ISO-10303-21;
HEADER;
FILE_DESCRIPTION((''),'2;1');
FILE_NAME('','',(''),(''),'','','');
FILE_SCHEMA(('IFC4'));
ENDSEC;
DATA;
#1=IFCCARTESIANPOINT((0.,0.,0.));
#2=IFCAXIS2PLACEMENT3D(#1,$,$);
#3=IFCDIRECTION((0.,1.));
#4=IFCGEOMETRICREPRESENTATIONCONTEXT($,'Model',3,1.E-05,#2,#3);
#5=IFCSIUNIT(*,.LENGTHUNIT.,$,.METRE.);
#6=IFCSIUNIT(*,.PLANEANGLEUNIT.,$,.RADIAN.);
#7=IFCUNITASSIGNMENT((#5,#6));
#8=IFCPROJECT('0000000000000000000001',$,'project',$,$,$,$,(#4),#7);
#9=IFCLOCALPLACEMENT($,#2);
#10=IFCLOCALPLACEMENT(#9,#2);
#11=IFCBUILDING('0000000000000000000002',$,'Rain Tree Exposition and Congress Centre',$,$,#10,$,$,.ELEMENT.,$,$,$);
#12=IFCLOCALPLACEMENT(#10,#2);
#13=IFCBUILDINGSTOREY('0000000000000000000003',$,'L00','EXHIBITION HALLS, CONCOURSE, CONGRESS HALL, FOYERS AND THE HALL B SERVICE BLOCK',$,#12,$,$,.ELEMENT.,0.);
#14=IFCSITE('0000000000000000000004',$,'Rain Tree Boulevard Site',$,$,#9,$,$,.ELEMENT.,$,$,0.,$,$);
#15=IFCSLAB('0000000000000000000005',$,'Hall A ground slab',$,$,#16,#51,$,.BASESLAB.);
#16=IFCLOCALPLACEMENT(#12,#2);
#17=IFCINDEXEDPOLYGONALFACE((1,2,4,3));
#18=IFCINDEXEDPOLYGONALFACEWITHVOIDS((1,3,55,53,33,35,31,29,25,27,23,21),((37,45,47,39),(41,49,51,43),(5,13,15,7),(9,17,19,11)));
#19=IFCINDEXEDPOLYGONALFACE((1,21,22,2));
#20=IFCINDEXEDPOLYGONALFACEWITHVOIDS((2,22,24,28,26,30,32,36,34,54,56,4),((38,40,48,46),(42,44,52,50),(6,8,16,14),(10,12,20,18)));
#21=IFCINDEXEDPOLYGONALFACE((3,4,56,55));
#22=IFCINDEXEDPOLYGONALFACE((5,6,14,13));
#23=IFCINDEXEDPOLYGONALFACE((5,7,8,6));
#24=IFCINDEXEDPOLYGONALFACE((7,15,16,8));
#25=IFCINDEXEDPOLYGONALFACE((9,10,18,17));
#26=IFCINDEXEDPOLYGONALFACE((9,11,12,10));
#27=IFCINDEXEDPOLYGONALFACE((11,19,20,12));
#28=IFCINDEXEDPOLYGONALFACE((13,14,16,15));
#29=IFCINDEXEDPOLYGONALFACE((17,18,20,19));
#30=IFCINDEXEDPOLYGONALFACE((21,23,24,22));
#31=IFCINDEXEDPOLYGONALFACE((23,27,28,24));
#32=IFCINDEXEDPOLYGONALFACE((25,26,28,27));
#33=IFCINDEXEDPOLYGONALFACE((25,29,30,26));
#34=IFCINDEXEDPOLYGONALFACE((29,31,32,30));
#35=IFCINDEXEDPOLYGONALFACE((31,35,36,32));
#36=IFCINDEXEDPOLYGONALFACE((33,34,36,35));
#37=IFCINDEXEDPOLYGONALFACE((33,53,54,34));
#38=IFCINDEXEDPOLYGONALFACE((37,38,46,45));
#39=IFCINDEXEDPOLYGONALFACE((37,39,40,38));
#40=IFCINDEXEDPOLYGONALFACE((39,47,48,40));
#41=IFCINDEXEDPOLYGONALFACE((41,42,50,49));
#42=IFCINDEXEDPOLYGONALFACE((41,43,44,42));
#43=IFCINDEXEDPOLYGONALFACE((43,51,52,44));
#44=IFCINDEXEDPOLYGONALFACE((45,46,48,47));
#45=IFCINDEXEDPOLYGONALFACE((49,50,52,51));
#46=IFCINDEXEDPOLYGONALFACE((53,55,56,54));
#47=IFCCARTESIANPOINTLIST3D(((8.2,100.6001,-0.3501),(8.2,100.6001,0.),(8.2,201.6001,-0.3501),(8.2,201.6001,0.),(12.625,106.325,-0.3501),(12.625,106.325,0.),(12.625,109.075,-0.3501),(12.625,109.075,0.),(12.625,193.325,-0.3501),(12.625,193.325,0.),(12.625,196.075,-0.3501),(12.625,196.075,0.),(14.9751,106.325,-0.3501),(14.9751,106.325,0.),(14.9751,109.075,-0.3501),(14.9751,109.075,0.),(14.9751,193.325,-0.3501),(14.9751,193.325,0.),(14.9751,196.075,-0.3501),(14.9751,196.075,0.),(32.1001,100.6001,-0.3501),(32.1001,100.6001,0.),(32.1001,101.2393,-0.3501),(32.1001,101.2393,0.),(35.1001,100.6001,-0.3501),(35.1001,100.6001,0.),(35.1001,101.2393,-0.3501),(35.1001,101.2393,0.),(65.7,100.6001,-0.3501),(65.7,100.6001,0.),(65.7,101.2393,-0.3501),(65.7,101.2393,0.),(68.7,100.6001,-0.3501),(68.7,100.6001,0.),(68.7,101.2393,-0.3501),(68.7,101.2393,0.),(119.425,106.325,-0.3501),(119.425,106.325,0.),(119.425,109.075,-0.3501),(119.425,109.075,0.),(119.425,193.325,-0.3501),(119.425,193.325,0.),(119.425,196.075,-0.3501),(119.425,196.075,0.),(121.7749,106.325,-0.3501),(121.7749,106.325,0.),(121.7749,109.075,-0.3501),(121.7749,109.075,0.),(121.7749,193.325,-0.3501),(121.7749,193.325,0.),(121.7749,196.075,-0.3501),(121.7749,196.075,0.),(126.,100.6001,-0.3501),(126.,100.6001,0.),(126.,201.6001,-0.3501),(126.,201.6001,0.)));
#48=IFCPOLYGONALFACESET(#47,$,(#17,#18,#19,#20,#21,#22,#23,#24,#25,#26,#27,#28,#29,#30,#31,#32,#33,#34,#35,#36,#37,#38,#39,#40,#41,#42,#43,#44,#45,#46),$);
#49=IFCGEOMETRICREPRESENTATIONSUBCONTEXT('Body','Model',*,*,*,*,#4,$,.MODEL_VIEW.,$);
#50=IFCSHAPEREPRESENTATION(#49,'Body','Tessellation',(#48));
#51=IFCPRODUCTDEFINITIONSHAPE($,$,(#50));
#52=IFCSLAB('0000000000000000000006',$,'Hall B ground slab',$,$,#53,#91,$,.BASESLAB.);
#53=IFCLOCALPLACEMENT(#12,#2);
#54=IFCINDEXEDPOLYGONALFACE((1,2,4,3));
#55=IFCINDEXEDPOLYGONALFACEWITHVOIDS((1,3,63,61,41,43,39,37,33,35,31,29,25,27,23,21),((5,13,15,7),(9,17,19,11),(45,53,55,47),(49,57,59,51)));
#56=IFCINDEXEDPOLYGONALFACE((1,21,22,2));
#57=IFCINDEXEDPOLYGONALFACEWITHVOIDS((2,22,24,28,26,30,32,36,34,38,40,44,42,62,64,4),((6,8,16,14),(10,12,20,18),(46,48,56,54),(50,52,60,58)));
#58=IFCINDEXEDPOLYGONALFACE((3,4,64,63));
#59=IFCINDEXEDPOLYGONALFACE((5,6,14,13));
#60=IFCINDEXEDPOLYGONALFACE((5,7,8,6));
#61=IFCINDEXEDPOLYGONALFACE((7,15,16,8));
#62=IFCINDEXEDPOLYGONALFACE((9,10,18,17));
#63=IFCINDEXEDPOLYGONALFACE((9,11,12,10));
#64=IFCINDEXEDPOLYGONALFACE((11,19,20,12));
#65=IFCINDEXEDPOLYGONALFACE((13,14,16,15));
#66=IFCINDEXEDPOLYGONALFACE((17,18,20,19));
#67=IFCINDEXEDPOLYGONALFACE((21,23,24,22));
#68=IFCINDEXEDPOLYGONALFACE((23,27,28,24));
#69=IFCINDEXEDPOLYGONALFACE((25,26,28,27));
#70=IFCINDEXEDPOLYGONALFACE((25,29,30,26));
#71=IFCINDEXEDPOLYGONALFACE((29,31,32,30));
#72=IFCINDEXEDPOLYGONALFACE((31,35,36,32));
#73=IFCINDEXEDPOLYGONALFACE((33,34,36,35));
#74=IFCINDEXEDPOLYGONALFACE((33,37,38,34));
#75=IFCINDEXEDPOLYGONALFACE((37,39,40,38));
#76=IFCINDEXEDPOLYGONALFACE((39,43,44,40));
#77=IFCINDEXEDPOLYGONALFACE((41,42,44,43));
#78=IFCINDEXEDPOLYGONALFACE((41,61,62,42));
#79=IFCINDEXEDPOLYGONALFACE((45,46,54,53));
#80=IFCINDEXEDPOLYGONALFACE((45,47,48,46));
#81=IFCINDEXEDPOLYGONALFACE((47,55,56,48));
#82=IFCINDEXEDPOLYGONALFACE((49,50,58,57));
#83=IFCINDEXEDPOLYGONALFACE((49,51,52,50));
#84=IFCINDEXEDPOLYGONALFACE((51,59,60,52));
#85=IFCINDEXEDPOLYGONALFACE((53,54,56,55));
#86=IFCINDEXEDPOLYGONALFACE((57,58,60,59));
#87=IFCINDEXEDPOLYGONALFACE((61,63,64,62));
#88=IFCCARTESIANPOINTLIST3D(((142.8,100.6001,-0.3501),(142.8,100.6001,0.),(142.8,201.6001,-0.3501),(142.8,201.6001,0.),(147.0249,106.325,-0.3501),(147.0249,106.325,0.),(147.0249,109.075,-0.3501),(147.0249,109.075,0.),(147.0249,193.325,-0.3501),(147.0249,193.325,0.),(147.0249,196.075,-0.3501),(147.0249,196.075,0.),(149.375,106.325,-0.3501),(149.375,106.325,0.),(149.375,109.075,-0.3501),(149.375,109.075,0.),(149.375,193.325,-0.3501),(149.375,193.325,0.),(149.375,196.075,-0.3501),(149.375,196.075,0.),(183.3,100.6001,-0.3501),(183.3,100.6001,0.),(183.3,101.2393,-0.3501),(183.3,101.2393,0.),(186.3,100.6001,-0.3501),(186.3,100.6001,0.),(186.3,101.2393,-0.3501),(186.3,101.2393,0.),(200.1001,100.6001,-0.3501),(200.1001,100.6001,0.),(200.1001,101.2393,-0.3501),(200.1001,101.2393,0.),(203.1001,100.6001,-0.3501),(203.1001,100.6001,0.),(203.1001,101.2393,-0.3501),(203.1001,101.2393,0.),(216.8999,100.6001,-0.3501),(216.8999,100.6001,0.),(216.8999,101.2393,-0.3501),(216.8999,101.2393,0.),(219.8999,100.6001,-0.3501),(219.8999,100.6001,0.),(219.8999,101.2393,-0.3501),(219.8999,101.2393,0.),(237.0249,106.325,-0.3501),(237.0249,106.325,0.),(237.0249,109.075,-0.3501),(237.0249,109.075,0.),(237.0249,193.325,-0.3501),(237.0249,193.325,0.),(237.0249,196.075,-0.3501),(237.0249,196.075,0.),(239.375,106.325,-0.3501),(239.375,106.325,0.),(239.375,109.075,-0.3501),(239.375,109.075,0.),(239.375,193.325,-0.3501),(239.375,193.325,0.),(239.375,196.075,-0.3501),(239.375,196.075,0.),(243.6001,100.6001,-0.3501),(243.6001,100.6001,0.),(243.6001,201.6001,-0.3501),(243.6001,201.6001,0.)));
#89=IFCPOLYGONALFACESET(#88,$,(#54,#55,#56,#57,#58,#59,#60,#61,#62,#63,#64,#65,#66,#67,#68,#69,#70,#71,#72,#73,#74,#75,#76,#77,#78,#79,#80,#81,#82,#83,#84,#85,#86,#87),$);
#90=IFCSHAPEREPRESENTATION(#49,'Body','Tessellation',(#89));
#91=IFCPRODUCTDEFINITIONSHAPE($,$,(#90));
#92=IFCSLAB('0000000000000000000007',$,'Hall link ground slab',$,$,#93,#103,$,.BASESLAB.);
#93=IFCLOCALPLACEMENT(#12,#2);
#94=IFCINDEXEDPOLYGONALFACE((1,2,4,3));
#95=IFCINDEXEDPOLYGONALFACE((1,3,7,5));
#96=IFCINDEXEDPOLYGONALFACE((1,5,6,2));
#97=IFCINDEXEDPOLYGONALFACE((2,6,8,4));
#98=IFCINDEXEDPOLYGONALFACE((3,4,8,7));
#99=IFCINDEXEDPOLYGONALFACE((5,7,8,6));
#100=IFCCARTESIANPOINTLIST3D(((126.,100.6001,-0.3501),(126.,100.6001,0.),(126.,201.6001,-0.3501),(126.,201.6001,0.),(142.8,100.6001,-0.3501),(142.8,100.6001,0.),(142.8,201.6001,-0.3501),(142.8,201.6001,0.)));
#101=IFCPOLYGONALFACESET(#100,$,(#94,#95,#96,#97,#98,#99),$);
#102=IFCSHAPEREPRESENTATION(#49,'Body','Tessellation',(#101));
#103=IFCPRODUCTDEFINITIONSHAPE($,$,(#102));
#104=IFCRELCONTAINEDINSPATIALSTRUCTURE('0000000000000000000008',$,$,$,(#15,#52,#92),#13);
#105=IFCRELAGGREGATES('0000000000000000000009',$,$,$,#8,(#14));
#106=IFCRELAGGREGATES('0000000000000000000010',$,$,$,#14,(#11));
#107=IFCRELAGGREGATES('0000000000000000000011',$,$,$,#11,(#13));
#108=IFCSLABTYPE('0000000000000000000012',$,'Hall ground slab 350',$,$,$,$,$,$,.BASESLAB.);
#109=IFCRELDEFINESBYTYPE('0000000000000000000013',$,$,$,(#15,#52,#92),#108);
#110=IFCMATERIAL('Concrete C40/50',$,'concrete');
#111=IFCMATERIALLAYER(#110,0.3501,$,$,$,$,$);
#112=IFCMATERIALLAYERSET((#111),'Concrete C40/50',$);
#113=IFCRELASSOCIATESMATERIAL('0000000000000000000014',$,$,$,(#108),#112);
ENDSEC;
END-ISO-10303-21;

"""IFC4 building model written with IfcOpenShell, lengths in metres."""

from ifc_helpers import new_model, si_unit, direction, frame, origin, place, context, subcontext, project, spatial, polyline, outline, extrude, material, layer, layer_set, type_object, element, save


model = new_model("IFC4")

# Units and contexts
model_context = context("Model", 3, precision=1e-05, world=origin(), true_north=direction((0.0, 1.0)))
body_context = subcontext(model_context, "Body", "Model", "MODEL_VIEW")
ifc_project = project(units=[si_unit("LENGTHUNIT", "METRE"), si_unit("PLANEANGLEUNIT", "RADIAN")], contexts=[model_context])

# Site, building, storey
site_placement = place(None, origin())
site = spatial("IfcSite", under=ifc_project, at=site_placement, Name="Rain Tree Boulevard Site", CompositionType="ELEMENT", RefElevation=0.0)
building_placement = place(site_placement, origin())
building = spatial("IfcBuilding", under=site, at=building_placement, Name="Rain Tree Exposition and Congress Centre", CompositionType="ELEMENT")
storey_placement = place(building_placement, origin())
storey = spatial("IfcBuildingStorey", under=building, at=storey_placement, Name="L00", Description="EXHIBITION HALLS, CONCOURSE, CONGRESS HALL, FOYERS AND THE HALL B SERVICE BLOCK", CompositionType="ELEMENT", Elevation=0.0)

# Slabs
ifc_material_1 = material(Name="Concrete C40/50", Category="concrete")
ifc_layer_1 = layer(ifc_material_1, 0.3501)
ifc_layer_set_1 = layer_set([ifc_layer_1], Name="Concrete C40/50")
slab_type_1 = type_object("IfcSlabType", Name="Hall ground slab 350", PredefinedType="BASESLAB", material=ifc_layer_set_1)
slab_1_placement = place(storey_placement, frame((0.0, 0.0, -0.3501)))
element("IfcSlab", 1, at=slab_1_placement, inside=storey, type_object=slab_type_1, Name="Hall A ground slab", PredefinedType="BASESLAB", context=body_context, shape_type="SweptSolid", body=[
    extrude(outline(polyline([(8.2, 201.6001), (8.2, 100.6001), (32.1001, 100.6001), (32.1001, 101.2393), (35.1001, 101.2393), (35.1001, 100.6001), (65.7, 100.6001), (65.7, 101.2393), (68.7, 101.2393), (68.7, 100.6001), (126.0, 100.6001), (126.0, 201.6001), (8.2, 201.6001)]), holes=[polyline([(14.9751, 106.325), (14.9751, 109.075), (12.625, 109.075), (12.625, 106.325), (14.9751, 106.325)]), polyline([(121.7749, 106.325), (121.7749, 109.075), (119.425, 109.075), (119.425, 106.325), (121.7749, 106.325)]), polyline([(14.9751, 193.325), (14.9751, 196.075), (12.625, 196.075), (12.625, 193.325), (14.9751, 193.325)]), polyline([(121.7749, 193.325), (121.7749, 196.075), (119.425, 196.075), (119.425, 193.325), (121.7749, 193.325)])]), origin(), (0.0, 0.0, 1.0), 0.3501),
])
slab_2_placement = place(storey_placement, frame((0.0, 0.0, -0.3501)))
element("IfcSlab", 2, at=slab_2_placement, inside=storey, type_object=slab_type_1, Name="Hall B ground slab", PredefinedType="BASESLAB", context=body_context, shape_type="SweptSolid", body=[
    extrude(outline(polyline([(142.8, 201.6001), (142.8, 100.6001), (183.3, 100.6001), (183.3, 101.2393), (186.3, 101.2393), (186.3, 100.6001), (200.1001, 100.6001), (200.1001, 101.2393), (203.1001, 101.2393), (203.1001, 100.6001), (216.8999, 100.6001), (216.8999, 101.2393), (219.8999, 101.2393), (219.8999, 100.6001), (243.6001, 100.6001), (243.6001, 201.6001), (142.8, 201.6001)]), holes=[polyline([(149.375, 106.325), (149.375, 109.075), (147.0249, 109.075), (147.0249, 106.325), (149.375, 106.325)]), polyline([(239.375, 106.325), (239.375, 109.075), (237.0249, 109.075), (237.0249, 106.325), (239.375, 106.325)]), polyline([(149.375, 193.325), (149.375, 196.075), (147.0249, 196.075), (147.0249, 193.325), (149.375, 193.325)]), polyline([(239.375, 193.325), (239.375, 196.075), (237.0249, 196.075), (237.0249, 193.325), (239.375, 193.325)])]), origin(), (0.0, 0.0, 1.0), 0.3501),
])
slab_3_placement = place(storey_placement, frame((0.0, 0.0, -0.3501)))
element("IfcSlab", 3, at=slab_3_placement, inside=storey, type_object=slab_type_1, Name="Hall link ground slab", PredefinedType="BASESLAB", context=body_context, shape_type="SweptSolid", body=[
    extrude(outline(polyline([(142.8, 100.6001), (142.8, 201.6001), (126.0, 201.6001), (126.0, 100.6001), (142.8, 100.6001)])), origin(), (0.0, 0.0, 1.0), 0.3501),
])

save(model, "model.ifc")
